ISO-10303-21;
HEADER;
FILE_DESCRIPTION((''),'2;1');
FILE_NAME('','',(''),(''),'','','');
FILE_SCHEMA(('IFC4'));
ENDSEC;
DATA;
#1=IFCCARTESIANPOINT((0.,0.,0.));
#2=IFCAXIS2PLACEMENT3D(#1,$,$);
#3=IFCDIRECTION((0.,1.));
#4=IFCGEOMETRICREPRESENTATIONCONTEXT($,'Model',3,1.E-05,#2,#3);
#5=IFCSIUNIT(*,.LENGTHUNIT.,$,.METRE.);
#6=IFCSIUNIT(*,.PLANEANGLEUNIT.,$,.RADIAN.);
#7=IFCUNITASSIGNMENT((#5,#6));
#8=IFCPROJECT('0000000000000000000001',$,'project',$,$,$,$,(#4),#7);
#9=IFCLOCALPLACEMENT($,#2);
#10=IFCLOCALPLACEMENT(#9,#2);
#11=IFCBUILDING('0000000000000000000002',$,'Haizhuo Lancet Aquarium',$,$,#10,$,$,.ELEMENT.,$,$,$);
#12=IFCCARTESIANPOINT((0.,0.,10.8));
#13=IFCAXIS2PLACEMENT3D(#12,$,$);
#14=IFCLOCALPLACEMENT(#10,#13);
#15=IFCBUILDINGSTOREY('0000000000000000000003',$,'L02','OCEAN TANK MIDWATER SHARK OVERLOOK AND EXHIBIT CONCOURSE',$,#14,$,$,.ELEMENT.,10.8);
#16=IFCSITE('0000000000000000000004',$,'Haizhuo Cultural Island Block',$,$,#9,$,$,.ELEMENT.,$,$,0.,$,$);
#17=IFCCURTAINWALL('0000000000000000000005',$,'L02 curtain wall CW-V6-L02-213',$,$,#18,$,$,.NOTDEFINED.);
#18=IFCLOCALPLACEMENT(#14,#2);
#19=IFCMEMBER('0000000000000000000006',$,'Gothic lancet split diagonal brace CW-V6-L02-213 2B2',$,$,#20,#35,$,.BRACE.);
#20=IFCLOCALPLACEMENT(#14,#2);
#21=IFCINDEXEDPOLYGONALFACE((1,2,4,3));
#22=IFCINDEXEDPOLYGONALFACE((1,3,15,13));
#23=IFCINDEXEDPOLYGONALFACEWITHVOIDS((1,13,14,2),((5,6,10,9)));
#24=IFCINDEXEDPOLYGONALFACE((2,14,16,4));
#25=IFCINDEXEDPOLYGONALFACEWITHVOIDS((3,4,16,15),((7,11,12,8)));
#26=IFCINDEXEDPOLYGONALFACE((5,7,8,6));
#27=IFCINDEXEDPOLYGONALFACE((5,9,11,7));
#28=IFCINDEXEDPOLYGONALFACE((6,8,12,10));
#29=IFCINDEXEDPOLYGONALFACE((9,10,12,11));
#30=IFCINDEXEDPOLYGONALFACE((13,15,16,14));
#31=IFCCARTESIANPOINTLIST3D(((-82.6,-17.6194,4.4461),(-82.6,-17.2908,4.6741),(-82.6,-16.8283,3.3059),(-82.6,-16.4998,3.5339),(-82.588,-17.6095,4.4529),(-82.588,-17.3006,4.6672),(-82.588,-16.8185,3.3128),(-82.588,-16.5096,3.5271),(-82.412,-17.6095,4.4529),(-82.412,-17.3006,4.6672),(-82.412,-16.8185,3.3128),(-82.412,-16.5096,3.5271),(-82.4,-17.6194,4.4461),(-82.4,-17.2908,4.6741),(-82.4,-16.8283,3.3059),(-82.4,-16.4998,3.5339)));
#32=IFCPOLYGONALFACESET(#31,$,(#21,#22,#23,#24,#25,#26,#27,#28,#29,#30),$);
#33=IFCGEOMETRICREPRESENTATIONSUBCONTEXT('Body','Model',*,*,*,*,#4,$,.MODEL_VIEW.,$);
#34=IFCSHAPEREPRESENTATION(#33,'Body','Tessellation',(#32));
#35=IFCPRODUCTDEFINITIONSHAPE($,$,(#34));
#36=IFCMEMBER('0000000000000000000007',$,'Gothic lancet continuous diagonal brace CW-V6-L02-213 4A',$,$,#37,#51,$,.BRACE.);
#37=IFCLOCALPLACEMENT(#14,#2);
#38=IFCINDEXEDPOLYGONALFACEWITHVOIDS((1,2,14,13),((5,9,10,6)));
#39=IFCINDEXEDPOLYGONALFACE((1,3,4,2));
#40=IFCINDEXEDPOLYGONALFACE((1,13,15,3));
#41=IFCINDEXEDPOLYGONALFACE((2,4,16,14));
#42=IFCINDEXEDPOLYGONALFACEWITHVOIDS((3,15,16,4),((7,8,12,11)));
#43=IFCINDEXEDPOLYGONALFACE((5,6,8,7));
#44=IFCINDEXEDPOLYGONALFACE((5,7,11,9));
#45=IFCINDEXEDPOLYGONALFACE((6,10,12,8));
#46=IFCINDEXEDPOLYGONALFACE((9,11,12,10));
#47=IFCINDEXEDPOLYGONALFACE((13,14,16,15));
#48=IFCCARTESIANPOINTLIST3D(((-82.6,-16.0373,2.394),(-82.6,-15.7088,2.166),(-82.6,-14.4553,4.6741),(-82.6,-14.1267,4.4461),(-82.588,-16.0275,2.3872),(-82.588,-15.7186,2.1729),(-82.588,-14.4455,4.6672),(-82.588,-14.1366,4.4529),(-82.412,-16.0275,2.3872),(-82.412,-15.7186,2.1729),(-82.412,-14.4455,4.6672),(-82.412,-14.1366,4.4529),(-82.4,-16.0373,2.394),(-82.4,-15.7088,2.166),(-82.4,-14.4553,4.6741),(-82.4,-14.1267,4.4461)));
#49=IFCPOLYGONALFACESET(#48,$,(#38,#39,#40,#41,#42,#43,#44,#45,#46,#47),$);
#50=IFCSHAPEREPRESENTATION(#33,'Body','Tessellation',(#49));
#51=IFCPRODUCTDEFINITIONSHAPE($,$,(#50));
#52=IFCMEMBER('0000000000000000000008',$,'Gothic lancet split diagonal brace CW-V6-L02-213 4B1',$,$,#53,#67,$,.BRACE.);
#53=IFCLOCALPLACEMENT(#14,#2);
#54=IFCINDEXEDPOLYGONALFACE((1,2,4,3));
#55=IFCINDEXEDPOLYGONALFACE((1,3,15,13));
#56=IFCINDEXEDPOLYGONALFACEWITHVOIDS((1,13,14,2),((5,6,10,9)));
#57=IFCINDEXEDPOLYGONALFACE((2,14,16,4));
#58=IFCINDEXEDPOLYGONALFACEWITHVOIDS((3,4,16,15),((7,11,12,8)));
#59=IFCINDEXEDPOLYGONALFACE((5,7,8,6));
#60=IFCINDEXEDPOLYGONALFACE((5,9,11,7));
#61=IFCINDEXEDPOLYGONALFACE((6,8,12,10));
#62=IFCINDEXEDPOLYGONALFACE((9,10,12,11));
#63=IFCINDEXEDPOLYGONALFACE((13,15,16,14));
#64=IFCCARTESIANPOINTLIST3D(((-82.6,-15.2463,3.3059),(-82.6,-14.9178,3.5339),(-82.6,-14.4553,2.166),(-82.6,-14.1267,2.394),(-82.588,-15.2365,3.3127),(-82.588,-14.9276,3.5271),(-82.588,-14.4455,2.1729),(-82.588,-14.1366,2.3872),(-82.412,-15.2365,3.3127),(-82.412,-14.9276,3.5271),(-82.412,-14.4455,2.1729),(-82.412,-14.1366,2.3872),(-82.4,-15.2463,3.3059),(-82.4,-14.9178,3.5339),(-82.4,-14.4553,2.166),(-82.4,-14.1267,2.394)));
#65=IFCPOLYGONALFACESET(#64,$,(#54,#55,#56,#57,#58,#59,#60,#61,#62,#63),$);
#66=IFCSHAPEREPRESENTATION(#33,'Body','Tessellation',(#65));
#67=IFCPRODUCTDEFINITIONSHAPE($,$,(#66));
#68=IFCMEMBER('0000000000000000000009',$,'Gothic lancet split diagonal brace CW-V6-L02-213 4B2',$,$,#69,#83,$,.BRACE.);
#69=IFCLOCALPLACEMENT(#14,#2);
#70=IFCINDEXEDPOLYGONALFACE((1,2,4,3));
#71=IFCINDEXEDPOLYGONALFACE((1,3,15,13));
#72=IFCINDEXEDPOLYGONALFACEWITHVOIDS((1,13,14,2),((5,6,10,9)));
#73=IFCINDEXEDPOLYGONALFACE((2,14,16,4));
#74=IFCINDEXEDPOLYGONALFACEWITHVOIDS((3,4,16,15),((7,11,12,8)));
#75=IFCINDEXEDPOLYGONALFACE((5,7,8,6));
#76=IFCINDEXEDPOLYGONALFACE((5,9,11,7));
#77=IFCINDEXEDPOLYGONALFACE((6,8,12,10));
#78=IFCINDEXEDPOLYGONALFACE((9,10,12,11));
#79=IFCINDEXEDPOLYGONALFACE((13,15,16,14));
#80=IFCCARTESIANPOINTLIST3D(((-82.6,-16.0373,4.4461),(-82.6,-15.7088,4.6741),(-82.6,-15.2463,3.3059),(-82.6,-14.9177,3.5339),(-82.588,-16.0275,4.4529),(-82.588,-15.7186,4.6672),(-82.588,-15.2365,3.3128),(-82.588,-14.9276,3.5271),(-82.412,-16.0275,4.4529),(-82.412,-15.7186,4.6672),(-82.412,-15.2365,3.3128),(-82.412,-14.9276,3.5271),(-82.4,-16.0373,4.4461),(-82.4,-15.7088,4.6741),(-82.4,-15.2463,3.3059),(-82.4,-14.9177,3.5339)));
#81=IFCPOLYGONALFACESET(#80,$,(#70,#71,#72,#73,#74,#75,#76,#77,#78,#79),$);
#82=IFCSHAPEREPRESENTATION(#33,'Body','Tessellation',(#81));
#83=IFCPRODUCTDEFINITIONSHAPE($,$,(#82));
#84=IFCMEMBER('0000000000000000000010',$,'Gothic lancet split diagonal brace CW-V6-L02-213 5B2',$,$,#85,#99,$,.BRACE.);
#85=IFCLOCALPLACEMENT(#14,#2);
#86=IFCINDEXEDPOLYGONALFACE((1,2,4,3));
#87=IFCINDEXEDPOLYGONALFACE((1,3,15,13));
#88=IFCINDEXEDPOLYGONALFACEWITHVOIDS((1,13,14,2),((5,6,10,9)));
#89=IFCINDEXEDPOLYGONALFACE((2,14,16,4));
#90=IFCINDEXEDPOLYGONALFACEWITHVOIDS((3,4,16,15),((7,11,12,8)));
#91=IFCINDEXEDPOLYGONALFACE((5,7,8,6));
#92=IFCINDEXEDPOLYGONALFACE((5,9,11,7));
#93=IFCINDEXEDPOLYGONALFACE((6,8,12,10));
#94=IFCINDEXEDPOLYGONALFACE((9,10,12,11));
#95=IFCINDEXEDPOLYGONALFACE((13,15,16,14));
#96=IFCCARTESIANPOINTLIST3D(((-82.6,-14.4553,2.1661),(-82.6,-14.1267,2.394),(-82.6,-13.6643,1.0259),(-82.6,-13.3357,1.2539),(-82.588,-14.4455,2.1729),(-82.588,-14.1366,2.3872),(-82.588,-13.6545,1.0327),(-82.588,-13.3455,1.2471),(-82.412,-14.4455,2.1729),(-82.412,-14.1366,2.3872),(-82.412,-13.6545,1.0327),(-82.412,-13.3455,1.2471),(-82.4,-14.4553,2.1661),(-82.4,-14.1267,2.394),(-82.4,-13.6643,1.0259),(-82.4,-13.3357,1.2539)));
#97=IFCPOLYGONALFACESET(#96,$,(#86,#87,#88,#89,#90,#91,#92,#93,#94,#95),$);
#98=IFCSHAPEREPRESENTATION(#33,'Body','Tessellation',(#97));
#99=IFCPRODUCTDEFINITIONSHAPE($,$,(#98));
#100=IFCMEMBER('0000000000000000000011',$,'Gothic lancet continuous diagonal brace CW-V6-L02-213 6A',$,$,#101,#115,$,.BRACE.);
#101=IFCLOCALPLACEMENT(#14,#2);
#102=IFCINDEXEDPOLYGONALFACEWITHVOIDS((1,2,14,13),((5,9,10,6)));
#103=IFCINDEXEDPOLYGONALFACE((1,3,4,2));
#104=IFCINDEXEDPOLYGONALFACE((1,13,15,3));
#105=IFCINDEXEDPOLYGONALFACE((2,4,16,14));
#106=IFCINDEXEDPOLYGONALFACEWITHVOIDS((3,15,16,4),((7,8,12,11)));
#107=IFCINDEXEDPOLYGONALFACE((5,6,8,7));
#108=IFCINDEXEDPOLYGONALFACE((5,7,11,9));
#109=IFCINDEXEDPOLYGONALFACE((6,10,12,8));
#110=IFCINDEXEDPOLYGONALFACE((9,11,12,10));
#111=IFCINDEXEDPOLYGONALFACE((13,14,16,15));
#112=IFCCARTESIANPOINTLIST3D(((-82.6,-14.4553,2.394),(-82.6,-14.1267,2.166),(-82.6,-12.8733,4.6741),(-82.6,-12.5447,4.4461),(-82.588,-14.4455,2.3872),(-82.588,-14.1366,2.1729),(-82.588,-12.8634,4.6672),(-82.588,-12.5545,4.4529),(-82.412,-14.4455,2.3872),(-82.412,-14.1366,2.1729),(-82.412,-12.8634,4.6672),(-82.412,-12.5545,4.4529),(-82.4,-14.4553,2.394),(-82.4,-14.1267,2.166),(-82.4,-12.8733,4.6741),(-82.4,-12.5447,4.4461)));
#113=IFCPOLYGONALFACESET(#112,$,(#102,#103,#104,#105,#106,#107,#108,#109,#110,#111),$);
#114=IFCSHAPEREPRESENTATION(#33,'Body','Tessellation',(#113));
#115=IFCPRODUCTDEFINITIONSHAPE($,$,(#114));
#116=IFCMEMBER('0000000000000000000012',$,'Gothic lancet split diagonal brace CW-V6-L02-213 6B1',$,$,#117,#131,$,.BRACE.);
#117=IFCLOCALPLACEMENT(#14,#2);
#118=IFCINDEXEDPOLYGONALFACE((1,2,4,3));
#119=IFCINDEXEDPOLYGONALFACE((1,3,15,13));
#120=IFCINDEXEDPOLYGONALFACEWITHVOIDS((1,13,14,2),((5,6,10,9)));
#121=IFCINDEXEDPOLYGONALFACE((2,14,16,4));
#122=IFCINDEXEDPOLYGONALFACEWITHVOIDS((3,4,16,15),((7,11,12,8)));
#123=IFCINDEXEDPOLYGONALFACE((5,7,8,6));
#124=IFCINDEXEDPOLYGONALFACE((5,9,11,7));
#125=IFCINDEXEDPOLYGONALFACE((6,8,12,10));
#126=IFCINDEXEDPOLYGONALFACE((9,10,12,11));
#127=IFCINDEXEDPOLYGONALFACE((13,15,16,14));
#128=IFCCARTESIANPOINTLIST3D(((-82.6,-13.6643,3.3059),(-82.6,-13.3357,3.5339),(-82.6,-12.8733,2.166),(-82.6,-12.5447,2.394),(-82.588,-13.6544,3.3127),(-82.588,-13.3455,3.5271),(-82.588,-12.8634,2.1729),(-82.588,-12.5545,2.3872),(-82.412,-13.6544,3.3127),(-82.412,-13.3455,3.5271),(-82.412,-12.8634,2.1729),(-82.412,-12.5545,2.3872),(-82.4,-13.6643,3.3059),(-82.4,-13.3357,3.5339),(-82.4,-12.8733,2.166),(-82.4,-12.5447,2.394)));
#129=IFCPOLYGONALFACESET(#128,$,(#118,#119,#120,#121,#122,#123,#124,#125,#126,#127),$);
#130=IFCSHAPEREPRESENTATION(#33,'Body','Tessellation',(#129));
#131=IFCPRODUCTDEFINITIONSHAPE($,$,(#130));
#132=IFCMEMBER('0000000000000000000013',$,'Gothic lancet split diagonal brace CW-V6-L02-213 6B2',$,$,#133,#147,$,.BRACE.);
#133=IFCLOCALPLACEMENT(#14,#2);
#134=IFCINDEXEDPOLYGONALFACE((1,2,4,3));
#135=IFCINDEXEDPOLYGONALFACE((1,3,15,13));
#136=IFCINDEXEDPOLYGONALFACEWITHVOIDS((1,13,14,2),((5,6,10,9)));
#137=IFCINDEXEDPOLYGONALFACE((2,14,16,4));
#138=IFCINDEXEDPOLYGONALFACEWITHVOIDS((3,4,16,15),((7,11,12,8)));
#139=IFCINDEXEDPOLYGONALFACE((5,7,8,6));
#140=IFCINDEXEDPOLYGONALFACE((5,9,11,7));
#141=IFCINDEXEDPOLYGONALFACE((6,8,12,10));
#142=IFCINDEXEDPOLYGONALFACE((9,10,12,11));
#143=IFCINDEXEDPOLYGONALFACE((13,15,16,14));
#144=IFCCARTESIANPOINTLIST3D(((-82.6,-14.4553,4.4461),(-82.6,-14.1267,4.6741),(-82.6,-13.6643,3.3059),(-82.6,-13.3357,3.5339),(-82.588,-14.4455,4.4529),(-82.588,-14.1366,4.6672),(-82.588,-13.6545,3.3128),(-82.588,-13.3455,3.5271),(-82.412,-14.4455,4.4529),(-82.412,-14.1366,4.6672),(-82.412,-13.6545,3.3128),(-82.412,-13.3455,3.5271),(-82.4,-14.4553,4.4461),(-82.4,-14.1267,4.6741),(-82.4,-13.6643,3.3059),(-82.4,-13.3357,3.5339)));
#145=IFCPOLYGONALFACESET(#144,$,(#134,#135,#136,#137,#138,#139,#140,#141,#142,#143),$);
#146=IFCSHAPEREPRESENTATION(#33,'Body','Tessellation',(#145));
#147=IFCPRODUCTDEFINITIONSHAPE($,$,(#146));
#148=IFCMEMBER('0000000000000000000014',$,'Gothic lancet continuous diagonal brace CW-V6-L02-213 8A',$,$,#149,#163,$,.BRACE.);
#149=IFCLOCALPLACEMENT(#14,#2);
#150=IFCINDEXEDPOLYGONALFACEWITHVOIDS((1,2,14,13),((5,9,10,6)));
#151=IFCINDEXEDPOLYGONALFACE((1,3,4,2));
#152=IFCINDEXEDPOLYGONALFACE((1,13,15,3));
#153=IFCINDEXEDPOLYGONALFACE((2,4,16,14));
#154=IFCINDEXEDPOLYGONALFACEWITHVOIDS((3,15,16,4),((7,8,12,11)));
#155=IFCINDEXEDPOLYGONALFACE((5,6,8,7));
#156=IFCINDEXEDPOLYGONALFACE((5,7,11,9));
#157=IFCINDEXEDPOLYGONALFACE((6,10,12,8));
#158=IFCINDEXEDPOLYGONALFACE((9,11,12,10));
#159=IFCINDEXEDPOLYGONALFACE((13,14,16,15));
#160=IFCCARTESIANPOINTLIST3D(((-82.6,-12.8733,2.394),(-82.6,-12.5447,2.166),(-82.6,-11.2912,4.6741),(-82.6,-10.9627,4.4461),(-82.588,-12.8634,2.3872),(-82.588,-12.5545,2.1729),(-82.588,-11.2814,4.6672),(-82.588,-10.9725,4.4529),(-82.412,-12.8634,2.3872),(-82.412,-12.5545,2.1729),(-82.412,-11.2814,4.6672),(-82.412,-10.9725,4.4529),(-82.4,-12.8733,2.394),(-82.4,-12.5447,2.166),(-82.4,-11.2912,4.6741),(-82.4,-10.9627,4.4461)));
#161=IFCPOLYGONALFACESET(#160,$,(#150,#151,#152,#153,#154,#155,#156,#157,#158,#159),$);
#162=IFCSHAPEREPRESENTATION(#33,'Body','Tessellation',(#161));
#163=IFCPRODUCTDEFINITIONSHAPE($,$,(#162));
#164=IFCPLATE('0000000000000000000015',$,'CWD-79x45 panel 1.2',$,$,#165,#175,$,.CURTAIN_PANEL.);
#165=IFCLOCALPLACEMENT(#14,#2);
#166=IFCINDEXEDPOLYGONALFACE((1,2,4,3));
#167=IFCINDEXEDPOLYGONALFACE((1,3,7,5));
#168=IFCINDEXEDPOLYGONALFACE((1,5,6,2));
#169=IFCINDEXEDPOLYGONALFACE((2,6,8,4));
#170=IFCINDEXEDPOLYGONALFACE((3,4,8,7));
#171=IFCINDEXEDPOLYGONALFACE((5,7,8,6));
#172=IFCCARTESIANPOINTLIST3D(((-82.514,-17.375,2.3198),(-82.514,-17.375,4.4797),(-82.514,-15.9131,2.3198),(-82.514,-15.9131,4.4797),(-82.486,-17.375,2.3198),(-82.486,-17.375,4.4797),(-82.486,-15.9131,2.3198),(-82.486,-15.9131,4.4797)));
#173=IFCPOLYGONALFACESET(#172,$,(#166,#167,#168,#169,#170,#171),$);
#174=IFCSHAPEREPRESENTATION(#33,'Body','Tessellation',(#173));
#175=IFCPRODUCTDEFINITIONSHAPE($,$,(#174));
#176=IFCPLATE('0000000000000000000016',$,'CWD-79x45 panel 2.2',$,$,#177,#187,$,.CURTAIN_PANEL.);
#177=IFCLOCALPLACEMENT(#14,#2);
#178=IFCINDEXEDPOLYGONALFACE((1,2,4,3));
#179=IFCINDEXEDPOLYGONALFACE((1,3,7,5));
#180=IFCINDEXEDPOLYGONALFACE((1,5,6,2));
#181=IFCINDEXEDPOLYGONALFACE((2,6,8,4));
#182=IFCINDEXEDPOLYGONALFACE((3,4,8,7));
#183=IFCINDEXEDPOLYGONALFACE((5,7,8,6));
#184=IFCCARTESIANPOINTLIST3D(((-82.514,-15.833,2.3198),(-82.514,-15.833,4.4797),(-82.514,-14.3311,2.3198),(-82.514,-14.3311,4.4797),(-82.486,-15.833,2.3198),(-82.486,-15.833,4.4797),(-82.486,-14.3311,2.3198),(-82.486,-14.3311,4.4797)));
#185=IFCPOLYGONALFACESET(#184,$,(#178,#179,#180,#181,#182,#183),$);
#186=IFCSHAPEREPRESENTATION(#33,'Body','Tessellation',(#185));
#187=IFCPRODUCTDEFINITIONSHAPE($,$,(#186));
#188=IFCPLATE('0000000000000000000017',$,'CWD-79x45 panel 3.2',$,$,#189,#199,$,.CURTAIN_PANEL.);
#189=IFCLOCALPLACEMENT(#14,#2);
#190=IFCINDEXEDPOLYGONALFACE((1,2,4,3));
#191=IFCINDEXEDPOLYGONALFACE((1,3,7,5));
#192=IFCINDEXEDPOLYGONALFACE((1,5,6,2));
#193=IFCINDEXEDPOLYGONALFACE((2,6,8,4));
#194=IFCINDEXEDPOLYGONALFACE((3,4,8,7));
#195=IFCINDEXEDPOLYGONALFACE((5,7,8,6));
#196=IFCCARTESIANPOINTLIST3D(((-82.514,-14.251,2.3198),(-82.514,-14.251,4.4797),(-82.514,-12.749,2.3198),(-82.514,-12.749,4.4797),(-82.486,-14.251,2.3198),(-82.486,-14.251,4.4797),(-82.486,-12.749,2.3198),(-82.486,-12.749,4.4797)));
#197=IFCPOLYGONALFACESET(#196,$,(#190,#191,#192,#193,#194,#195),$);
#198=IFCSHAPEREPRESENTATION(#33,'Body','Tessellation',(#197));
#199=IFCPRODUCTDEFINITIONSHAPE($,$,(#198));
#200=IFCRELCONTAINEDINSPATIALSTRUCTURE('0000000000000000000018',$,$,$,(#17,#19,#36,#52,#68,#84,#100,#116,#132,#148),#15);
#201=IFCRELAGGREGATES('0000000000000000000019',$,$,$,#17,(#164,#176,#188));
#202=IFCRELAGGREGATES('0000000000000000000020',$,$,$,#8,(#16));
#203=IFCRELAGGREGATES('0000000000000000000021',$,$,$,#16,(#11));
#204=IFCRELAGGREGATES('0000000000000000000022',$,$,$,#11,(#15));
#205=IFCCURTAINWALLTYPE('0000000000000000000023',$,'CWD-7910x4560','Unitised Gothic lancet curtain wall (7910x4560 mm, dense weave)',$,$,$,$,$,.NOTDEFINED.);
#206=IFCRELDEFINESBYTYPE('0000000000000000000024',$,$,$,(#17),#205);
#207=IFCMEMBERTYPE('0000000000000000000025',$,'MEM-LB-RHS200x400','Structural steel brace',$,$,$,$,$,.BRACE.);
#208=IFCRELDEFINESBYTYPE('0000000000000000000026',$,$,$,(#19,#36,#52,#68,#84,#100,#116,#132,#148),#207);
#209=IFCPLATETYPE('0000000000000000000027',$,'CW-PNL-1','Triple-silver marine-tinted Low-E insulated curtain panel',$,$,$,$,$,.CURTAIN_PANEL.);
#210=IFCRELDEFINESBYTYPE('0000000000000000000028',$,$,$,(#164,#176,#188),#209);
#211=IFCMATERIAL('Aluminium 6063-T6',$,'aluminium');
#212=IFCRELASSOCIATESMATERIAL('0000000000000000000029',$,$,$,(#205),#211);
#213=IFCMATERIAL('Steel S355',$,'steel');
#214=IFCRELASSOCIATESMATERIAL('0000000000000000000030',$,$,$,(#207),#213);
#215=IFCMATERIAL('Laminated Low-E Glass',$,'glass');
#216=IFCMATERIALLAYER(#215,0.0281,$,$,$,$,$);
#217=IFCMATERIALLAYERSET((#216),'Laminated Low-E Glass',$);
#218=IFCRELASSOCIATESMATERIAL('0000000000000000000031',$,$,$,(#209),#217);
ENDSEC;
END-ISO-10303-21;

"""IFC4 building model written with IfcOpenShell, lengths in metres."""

from ifc_helpers import new_model, si_unit, direction, frame, origin, origin_2d, place, context, subcontext, project, spatial, rectangle, hollow_rectangle, extrude, material, layer, layer_set, material_profile, profile_set, type_object, element, aggregate, save


model = new_model("IFC4")

# Units and contexts
model_context = context("Model", 3, precision=1e-05, world=origin(), true_north=direction((0.0, 1.0)))
body_context = subcontext(model_context, "Body", "Model", "MODEL_VIEW")
ifc_project = project(units=[si_unit("LENGTHUNIT", "METRE"), si_unit("PLANEANGLEUNIT", "RADIAN")], contexts=[model_context])

# Site, building, storey
site_placement = place(None, origin())
site = spatial("IfcSite", under=ifc_project, at=site_placement, Name="Haizhuo Cultural Island Block", CompositionType="ELEMENT", RefElevation=0.0)
building_placement = place(site_placement, origin())
building = spatial("IfcBuilding", under=site, at=building_placement, Name="Haizhuo Lancet Aquarium", CompositionType="ELEMENT")
storey_placement = place(building_placement, frame((0.0, 0.0, 10.8)))
storey = spatial("IfcBuildingStorey", under=building, at=storey_placement, Name="L02", Description="OCEAN TANK MIDWATER SHARK OVERLOOK AND EXHIBIT CONCOURSE", CompositionType="ELEMENT", Elevation=10.8)

# Curtain wall
ifc_material_1 = material(Name="Aluminium 6063-T6", Category="aluminium")
curtain_wall_type = type_object("IfcCurtainWallType", Name="CWD-7910x4560", Description="Unitised Gothic lancet curtain wall (7910x4560 mm, dense weave)", PredefinedType="NOTDEFINED", material=ifc_material_1)
curtain_wall_placement = place(storey_placement, origin())
curtain_wall = element("IfcCurtainWall", 1, at=curtain_wall_placement, inside=storey, type_object=curtain_wall_type, Name="L02 curtain wall CW-V6-L02-213", PredefinedType="NOTDEFINED")

# Shared definitions
ifc_material_2 = material(Name="Steel S355", Category="steel")

# Members
ifc_material_profile_1 = material_profile(ifc_material_2, hollow_rectangle(XDim=0.2, YDim=0.3999, WallThickness=0.012, at=origin_2d()), Name="RHS 200x400x12")
ifc_profile_set_1 = profile_set([ifc_material_profile_1], Name="Steel S355")
member_type_1 = type_object("IfcMemberType", Name="MEM-LB-RHS200x400", Description="Structural steel brace", PredefinedType="BRACE", material=ifc_profile_set_1)
member_1_placement = place(storey_placement, frame((-82.5, -16.6641, 3.4199), z_axis=(0.0, -0.570033, 0.821622), x_axis=(1.0, 0.0, 0.0)))
element("IfcMember", 2, at=member_1_placement, inside=storey, type_object=member_type_1, Name="Gothic lancet split diagonal brace CW-V6-L02-213 2B2", PredefinedType="BRACE", context=body_context, shape_type="SweptSolid", body=[
    extrude(hollow_rectangle(XDim=0.2, YDim=0.3999, WallThickness=0.012, at=origin_2d()), origin(), (0.0, 0.0, 1.0), 1.3877),
])
member_2_placement = place(storey_placement, frame((-82.5, -15.873, 2.28), z_axis=(0.0, 0.570074, 0.821593), x_axis=(-1.0, 0.0, 0.0)))
element("IfcMember", 3, at=member_2_placement, inside=storey, type_object=member_type_1, Name="Gothic lancet continuous diagonal brace CW-V6-L02-213 4A", PredefinedType="BRACE", context=body_context, shape_type="SweptSolid", body=[
    extrude(hollow_rectangle(XDim=0.2, YDim=0.3999, WallThickness=0.012, at=origin_2d()), origin(), (0.0, 0.0, 1.0), 2.7751),
])
member_3_placement = place(storey_placement, frame((-82.5, -14.291, 2.28), z_axis=(0.0, -0.570115, 0.821565), x_axis=(1.0, 0.0, 0.0)))
element("IfcMember", 4, at=member_3_placement, inside=storey, type_object=member_type_1, Name="Gothic lancet split diagonal brace CW-V6-L02-213 4B1", PredefinedType="BRACE", context=body_context, shape_type="SweptSolid", body=[
    extrude(hollow_rectangle(XDim=0.2, YDim=0.3999, WallThickness=0.012, at=origin_2d()), origin(), (0.0, 0.0, 1.0), 1.3875),
])
for number, where, z_axis, x_axis, name in (
    (5, (-82.5, -15.082, 3.4199), (0.0, -0.570033, 0.821622), (1.0, 0.0, 0.0), "Gothic lancet split diagonal brace CW-V6-L02-213 4B2"),
    (6, (-82.5, -13.5, 1.1399), (0.0, -0.570033, 0.821622), (1.0, 0.0, 0.0), "Gothic lancet split diagonal brace CW-V6-L02-213 5B2"),
):
    element("IfcMember", number, at=place(storey_placement, frame(where, z_axis=z_axis, x_axis=x_axis)), inside=storey, type_object=member_type_1, Name=name, PredefinedType="BRACE", context=body_context, shape_type="SweptSolid", body=[
        extrude(hollow_rectangle(XDim=0.2, YDim=0.3999, WallThickness=0.012, at=origin_2d()), origin(), (0.0, 0.0, 1.0), 1.3877),
    ])
member_4_placement = place(storey_placement, frame((-82.5, -14.291, 2.28), z_axis=(0.0, 0.570074, 0.821593), x_axis=(-1.0, 0.0, 0.0)))
element("IfcMember", 7, at=member_4_placement, inside=storey, type_object=member_type_1, Name="Gothic lancet continuous diagonal brace CW-V6-L02-213 6A", PredefinedType="BRACE", context=body_context, shape_type="SweptSolid", body=[
    extrude(hollow_rectangle(XDim=0.2, YDim=0.3999, WallThickness=0.012, at=origin_2d()), origin(), (0.0, 0.0, 1.0), 2.7751),
])
member_5_placement = place(storey_placement, frame((-82.5, -12.709, 2.28), z_axis=(0.0, -0.570115, 0.821565), x_axis=(1.0, 0.0, 0.0)))
element("IfcMember", 8, at=member_5_placement, inside=storey, type_object=member_type_1, Name="Gothic lancet split diagonal brace CW-V6-L02-213 6B1", PredefinedType="BRACE", context=body_context, shape_type="SweptSolid", body=[
    extrude(hollow_rectangle(XDim=0.2, YDim=0.3999, WallThickness=0.012, at=origin_2d()), origin(), (0.0, 0.0, 1.0), 1.3875),
])
member_6_placement = place(storey_placement, frame((-82.5, -13.5, 3.4199), z_axis=(0.0, -0.570033, 0.821622), x_axis=(1.0, 0.0, 0.0)))
element("IfcMember", 9, at=member_6_placement, inside=storey, type_object=member_type_1, Name="Gothic lancet split diagonal brace CW-V6-L02-213 6B2", PredefinedType="BRACE", context=body_context, shape_type="SweptSolid", body=[
    extrude(hollow_rectangle(XDim=0.2, YDim=0.3999, WallThickness=0.012, at=origin_2d()), origin(), (0.0, 0.0, 1.0), 1.3877),
])
member_7_placement = place(storey_placement, frame((-82.5, -12.709, 2.28), z_axis=(0.0, 0.570074, 0.821593), x_axis=(-1.0, 0.0, 0.0)))
element("IfcMember", 10, at=member_7_placement, inside=storey, type_object=member_type_1, Name="Gothic lancet continuous diagonal brace CW-V6-L02-213 8A", PredefinedType="BRACE", context=body_context, shape_type="SweptSolid", body=[
    extrude(hollow_rectangle(XDim=0.2, YDim=0.3999, WallThickness=0.012, at=origin_2d()), origin(), (0.0, 0.0, 1.0), 2.7751),
])

# Plates
ifc_material_3 = material(Name="Laminated Low-E Glass", Category="glass")
ifc_layer = layer(ifc_material_3, 0.0281)
ifc_layer_set = layer_set([ifc_layer], Name="Laminated Low-E Glass")
plate_type = type_object("IfcPlateType", Name="CW-PNL-1", Description="Triple-silver marine-tinted Low-E insulated curtain panel", PredefinedType="CURTAIN_PANEL", material=ifc_layer_set)
plate_1_placement = place(storey_placement, frame((-82.5, -16.644, 2.3198), z_axis=(0.0, 0.0, 1.0), x_axis=(0.0, 1.0, 0.0)))
plate_1 = element("IfcPlate", 11, at=plate_1_placement, type_object=plate_type, Name="CWD-79x45 panel 1.2", PredefinedType="CURTAIN_PANEL", context=body_context, shape_type="SweptSolid", body=[
    extrude(rectangle(XDim=1.4619, YDim=0.0281, at=origin_2d()), origin(), (0.0, 0.0, 1.0), 2.1599),
])
plate_2_placement = place(storey_placement, frame((-82.5, -15.082, 2.3198), z_axis=(0.0, 0.0, 1.0), x_axis=(0.0, 1.0, 0.0)))
plate_2 = element("IfcPlate", 12, at=plate_2_placement, type_object=plate_type, Name="CWD-79x45 panel 2.2", PredefinedType="CURTAIN_PANEL", context=body_context, shape_type="SweptSolid", body=[
    extrude(rectangle(XDim=1.502, YDim=0.0281, at=origin_2d()), origin(), (0.0, 0.0, 1.0), 2.1599),
])
plate_3_placement = place(storey_placement, frame((-82.5, -13.5, 2.3198), z_axis=(0.0, 0.0, 1.0), x_axis=(0.0, 1.0, 0.0)))
plate_3 = element("IfcPlate", 13, at=plate_3_placement, type_object=plate_type, Name="CWD-79x45 panel 3.2", PredefinedType="CURTAIN_PANEL", context=body_context, shape_type="SweptSolid", body=[
    extrude(rectangle(XDim=1.502, YDim=0.0281, at=origin_2d()), origin(), (0.0, 0.0, 1.0), 2.1599),
])
aggregate(curtain_wall, [plate_1, plate_2, plate_3])

save(model, "model.ifc")
